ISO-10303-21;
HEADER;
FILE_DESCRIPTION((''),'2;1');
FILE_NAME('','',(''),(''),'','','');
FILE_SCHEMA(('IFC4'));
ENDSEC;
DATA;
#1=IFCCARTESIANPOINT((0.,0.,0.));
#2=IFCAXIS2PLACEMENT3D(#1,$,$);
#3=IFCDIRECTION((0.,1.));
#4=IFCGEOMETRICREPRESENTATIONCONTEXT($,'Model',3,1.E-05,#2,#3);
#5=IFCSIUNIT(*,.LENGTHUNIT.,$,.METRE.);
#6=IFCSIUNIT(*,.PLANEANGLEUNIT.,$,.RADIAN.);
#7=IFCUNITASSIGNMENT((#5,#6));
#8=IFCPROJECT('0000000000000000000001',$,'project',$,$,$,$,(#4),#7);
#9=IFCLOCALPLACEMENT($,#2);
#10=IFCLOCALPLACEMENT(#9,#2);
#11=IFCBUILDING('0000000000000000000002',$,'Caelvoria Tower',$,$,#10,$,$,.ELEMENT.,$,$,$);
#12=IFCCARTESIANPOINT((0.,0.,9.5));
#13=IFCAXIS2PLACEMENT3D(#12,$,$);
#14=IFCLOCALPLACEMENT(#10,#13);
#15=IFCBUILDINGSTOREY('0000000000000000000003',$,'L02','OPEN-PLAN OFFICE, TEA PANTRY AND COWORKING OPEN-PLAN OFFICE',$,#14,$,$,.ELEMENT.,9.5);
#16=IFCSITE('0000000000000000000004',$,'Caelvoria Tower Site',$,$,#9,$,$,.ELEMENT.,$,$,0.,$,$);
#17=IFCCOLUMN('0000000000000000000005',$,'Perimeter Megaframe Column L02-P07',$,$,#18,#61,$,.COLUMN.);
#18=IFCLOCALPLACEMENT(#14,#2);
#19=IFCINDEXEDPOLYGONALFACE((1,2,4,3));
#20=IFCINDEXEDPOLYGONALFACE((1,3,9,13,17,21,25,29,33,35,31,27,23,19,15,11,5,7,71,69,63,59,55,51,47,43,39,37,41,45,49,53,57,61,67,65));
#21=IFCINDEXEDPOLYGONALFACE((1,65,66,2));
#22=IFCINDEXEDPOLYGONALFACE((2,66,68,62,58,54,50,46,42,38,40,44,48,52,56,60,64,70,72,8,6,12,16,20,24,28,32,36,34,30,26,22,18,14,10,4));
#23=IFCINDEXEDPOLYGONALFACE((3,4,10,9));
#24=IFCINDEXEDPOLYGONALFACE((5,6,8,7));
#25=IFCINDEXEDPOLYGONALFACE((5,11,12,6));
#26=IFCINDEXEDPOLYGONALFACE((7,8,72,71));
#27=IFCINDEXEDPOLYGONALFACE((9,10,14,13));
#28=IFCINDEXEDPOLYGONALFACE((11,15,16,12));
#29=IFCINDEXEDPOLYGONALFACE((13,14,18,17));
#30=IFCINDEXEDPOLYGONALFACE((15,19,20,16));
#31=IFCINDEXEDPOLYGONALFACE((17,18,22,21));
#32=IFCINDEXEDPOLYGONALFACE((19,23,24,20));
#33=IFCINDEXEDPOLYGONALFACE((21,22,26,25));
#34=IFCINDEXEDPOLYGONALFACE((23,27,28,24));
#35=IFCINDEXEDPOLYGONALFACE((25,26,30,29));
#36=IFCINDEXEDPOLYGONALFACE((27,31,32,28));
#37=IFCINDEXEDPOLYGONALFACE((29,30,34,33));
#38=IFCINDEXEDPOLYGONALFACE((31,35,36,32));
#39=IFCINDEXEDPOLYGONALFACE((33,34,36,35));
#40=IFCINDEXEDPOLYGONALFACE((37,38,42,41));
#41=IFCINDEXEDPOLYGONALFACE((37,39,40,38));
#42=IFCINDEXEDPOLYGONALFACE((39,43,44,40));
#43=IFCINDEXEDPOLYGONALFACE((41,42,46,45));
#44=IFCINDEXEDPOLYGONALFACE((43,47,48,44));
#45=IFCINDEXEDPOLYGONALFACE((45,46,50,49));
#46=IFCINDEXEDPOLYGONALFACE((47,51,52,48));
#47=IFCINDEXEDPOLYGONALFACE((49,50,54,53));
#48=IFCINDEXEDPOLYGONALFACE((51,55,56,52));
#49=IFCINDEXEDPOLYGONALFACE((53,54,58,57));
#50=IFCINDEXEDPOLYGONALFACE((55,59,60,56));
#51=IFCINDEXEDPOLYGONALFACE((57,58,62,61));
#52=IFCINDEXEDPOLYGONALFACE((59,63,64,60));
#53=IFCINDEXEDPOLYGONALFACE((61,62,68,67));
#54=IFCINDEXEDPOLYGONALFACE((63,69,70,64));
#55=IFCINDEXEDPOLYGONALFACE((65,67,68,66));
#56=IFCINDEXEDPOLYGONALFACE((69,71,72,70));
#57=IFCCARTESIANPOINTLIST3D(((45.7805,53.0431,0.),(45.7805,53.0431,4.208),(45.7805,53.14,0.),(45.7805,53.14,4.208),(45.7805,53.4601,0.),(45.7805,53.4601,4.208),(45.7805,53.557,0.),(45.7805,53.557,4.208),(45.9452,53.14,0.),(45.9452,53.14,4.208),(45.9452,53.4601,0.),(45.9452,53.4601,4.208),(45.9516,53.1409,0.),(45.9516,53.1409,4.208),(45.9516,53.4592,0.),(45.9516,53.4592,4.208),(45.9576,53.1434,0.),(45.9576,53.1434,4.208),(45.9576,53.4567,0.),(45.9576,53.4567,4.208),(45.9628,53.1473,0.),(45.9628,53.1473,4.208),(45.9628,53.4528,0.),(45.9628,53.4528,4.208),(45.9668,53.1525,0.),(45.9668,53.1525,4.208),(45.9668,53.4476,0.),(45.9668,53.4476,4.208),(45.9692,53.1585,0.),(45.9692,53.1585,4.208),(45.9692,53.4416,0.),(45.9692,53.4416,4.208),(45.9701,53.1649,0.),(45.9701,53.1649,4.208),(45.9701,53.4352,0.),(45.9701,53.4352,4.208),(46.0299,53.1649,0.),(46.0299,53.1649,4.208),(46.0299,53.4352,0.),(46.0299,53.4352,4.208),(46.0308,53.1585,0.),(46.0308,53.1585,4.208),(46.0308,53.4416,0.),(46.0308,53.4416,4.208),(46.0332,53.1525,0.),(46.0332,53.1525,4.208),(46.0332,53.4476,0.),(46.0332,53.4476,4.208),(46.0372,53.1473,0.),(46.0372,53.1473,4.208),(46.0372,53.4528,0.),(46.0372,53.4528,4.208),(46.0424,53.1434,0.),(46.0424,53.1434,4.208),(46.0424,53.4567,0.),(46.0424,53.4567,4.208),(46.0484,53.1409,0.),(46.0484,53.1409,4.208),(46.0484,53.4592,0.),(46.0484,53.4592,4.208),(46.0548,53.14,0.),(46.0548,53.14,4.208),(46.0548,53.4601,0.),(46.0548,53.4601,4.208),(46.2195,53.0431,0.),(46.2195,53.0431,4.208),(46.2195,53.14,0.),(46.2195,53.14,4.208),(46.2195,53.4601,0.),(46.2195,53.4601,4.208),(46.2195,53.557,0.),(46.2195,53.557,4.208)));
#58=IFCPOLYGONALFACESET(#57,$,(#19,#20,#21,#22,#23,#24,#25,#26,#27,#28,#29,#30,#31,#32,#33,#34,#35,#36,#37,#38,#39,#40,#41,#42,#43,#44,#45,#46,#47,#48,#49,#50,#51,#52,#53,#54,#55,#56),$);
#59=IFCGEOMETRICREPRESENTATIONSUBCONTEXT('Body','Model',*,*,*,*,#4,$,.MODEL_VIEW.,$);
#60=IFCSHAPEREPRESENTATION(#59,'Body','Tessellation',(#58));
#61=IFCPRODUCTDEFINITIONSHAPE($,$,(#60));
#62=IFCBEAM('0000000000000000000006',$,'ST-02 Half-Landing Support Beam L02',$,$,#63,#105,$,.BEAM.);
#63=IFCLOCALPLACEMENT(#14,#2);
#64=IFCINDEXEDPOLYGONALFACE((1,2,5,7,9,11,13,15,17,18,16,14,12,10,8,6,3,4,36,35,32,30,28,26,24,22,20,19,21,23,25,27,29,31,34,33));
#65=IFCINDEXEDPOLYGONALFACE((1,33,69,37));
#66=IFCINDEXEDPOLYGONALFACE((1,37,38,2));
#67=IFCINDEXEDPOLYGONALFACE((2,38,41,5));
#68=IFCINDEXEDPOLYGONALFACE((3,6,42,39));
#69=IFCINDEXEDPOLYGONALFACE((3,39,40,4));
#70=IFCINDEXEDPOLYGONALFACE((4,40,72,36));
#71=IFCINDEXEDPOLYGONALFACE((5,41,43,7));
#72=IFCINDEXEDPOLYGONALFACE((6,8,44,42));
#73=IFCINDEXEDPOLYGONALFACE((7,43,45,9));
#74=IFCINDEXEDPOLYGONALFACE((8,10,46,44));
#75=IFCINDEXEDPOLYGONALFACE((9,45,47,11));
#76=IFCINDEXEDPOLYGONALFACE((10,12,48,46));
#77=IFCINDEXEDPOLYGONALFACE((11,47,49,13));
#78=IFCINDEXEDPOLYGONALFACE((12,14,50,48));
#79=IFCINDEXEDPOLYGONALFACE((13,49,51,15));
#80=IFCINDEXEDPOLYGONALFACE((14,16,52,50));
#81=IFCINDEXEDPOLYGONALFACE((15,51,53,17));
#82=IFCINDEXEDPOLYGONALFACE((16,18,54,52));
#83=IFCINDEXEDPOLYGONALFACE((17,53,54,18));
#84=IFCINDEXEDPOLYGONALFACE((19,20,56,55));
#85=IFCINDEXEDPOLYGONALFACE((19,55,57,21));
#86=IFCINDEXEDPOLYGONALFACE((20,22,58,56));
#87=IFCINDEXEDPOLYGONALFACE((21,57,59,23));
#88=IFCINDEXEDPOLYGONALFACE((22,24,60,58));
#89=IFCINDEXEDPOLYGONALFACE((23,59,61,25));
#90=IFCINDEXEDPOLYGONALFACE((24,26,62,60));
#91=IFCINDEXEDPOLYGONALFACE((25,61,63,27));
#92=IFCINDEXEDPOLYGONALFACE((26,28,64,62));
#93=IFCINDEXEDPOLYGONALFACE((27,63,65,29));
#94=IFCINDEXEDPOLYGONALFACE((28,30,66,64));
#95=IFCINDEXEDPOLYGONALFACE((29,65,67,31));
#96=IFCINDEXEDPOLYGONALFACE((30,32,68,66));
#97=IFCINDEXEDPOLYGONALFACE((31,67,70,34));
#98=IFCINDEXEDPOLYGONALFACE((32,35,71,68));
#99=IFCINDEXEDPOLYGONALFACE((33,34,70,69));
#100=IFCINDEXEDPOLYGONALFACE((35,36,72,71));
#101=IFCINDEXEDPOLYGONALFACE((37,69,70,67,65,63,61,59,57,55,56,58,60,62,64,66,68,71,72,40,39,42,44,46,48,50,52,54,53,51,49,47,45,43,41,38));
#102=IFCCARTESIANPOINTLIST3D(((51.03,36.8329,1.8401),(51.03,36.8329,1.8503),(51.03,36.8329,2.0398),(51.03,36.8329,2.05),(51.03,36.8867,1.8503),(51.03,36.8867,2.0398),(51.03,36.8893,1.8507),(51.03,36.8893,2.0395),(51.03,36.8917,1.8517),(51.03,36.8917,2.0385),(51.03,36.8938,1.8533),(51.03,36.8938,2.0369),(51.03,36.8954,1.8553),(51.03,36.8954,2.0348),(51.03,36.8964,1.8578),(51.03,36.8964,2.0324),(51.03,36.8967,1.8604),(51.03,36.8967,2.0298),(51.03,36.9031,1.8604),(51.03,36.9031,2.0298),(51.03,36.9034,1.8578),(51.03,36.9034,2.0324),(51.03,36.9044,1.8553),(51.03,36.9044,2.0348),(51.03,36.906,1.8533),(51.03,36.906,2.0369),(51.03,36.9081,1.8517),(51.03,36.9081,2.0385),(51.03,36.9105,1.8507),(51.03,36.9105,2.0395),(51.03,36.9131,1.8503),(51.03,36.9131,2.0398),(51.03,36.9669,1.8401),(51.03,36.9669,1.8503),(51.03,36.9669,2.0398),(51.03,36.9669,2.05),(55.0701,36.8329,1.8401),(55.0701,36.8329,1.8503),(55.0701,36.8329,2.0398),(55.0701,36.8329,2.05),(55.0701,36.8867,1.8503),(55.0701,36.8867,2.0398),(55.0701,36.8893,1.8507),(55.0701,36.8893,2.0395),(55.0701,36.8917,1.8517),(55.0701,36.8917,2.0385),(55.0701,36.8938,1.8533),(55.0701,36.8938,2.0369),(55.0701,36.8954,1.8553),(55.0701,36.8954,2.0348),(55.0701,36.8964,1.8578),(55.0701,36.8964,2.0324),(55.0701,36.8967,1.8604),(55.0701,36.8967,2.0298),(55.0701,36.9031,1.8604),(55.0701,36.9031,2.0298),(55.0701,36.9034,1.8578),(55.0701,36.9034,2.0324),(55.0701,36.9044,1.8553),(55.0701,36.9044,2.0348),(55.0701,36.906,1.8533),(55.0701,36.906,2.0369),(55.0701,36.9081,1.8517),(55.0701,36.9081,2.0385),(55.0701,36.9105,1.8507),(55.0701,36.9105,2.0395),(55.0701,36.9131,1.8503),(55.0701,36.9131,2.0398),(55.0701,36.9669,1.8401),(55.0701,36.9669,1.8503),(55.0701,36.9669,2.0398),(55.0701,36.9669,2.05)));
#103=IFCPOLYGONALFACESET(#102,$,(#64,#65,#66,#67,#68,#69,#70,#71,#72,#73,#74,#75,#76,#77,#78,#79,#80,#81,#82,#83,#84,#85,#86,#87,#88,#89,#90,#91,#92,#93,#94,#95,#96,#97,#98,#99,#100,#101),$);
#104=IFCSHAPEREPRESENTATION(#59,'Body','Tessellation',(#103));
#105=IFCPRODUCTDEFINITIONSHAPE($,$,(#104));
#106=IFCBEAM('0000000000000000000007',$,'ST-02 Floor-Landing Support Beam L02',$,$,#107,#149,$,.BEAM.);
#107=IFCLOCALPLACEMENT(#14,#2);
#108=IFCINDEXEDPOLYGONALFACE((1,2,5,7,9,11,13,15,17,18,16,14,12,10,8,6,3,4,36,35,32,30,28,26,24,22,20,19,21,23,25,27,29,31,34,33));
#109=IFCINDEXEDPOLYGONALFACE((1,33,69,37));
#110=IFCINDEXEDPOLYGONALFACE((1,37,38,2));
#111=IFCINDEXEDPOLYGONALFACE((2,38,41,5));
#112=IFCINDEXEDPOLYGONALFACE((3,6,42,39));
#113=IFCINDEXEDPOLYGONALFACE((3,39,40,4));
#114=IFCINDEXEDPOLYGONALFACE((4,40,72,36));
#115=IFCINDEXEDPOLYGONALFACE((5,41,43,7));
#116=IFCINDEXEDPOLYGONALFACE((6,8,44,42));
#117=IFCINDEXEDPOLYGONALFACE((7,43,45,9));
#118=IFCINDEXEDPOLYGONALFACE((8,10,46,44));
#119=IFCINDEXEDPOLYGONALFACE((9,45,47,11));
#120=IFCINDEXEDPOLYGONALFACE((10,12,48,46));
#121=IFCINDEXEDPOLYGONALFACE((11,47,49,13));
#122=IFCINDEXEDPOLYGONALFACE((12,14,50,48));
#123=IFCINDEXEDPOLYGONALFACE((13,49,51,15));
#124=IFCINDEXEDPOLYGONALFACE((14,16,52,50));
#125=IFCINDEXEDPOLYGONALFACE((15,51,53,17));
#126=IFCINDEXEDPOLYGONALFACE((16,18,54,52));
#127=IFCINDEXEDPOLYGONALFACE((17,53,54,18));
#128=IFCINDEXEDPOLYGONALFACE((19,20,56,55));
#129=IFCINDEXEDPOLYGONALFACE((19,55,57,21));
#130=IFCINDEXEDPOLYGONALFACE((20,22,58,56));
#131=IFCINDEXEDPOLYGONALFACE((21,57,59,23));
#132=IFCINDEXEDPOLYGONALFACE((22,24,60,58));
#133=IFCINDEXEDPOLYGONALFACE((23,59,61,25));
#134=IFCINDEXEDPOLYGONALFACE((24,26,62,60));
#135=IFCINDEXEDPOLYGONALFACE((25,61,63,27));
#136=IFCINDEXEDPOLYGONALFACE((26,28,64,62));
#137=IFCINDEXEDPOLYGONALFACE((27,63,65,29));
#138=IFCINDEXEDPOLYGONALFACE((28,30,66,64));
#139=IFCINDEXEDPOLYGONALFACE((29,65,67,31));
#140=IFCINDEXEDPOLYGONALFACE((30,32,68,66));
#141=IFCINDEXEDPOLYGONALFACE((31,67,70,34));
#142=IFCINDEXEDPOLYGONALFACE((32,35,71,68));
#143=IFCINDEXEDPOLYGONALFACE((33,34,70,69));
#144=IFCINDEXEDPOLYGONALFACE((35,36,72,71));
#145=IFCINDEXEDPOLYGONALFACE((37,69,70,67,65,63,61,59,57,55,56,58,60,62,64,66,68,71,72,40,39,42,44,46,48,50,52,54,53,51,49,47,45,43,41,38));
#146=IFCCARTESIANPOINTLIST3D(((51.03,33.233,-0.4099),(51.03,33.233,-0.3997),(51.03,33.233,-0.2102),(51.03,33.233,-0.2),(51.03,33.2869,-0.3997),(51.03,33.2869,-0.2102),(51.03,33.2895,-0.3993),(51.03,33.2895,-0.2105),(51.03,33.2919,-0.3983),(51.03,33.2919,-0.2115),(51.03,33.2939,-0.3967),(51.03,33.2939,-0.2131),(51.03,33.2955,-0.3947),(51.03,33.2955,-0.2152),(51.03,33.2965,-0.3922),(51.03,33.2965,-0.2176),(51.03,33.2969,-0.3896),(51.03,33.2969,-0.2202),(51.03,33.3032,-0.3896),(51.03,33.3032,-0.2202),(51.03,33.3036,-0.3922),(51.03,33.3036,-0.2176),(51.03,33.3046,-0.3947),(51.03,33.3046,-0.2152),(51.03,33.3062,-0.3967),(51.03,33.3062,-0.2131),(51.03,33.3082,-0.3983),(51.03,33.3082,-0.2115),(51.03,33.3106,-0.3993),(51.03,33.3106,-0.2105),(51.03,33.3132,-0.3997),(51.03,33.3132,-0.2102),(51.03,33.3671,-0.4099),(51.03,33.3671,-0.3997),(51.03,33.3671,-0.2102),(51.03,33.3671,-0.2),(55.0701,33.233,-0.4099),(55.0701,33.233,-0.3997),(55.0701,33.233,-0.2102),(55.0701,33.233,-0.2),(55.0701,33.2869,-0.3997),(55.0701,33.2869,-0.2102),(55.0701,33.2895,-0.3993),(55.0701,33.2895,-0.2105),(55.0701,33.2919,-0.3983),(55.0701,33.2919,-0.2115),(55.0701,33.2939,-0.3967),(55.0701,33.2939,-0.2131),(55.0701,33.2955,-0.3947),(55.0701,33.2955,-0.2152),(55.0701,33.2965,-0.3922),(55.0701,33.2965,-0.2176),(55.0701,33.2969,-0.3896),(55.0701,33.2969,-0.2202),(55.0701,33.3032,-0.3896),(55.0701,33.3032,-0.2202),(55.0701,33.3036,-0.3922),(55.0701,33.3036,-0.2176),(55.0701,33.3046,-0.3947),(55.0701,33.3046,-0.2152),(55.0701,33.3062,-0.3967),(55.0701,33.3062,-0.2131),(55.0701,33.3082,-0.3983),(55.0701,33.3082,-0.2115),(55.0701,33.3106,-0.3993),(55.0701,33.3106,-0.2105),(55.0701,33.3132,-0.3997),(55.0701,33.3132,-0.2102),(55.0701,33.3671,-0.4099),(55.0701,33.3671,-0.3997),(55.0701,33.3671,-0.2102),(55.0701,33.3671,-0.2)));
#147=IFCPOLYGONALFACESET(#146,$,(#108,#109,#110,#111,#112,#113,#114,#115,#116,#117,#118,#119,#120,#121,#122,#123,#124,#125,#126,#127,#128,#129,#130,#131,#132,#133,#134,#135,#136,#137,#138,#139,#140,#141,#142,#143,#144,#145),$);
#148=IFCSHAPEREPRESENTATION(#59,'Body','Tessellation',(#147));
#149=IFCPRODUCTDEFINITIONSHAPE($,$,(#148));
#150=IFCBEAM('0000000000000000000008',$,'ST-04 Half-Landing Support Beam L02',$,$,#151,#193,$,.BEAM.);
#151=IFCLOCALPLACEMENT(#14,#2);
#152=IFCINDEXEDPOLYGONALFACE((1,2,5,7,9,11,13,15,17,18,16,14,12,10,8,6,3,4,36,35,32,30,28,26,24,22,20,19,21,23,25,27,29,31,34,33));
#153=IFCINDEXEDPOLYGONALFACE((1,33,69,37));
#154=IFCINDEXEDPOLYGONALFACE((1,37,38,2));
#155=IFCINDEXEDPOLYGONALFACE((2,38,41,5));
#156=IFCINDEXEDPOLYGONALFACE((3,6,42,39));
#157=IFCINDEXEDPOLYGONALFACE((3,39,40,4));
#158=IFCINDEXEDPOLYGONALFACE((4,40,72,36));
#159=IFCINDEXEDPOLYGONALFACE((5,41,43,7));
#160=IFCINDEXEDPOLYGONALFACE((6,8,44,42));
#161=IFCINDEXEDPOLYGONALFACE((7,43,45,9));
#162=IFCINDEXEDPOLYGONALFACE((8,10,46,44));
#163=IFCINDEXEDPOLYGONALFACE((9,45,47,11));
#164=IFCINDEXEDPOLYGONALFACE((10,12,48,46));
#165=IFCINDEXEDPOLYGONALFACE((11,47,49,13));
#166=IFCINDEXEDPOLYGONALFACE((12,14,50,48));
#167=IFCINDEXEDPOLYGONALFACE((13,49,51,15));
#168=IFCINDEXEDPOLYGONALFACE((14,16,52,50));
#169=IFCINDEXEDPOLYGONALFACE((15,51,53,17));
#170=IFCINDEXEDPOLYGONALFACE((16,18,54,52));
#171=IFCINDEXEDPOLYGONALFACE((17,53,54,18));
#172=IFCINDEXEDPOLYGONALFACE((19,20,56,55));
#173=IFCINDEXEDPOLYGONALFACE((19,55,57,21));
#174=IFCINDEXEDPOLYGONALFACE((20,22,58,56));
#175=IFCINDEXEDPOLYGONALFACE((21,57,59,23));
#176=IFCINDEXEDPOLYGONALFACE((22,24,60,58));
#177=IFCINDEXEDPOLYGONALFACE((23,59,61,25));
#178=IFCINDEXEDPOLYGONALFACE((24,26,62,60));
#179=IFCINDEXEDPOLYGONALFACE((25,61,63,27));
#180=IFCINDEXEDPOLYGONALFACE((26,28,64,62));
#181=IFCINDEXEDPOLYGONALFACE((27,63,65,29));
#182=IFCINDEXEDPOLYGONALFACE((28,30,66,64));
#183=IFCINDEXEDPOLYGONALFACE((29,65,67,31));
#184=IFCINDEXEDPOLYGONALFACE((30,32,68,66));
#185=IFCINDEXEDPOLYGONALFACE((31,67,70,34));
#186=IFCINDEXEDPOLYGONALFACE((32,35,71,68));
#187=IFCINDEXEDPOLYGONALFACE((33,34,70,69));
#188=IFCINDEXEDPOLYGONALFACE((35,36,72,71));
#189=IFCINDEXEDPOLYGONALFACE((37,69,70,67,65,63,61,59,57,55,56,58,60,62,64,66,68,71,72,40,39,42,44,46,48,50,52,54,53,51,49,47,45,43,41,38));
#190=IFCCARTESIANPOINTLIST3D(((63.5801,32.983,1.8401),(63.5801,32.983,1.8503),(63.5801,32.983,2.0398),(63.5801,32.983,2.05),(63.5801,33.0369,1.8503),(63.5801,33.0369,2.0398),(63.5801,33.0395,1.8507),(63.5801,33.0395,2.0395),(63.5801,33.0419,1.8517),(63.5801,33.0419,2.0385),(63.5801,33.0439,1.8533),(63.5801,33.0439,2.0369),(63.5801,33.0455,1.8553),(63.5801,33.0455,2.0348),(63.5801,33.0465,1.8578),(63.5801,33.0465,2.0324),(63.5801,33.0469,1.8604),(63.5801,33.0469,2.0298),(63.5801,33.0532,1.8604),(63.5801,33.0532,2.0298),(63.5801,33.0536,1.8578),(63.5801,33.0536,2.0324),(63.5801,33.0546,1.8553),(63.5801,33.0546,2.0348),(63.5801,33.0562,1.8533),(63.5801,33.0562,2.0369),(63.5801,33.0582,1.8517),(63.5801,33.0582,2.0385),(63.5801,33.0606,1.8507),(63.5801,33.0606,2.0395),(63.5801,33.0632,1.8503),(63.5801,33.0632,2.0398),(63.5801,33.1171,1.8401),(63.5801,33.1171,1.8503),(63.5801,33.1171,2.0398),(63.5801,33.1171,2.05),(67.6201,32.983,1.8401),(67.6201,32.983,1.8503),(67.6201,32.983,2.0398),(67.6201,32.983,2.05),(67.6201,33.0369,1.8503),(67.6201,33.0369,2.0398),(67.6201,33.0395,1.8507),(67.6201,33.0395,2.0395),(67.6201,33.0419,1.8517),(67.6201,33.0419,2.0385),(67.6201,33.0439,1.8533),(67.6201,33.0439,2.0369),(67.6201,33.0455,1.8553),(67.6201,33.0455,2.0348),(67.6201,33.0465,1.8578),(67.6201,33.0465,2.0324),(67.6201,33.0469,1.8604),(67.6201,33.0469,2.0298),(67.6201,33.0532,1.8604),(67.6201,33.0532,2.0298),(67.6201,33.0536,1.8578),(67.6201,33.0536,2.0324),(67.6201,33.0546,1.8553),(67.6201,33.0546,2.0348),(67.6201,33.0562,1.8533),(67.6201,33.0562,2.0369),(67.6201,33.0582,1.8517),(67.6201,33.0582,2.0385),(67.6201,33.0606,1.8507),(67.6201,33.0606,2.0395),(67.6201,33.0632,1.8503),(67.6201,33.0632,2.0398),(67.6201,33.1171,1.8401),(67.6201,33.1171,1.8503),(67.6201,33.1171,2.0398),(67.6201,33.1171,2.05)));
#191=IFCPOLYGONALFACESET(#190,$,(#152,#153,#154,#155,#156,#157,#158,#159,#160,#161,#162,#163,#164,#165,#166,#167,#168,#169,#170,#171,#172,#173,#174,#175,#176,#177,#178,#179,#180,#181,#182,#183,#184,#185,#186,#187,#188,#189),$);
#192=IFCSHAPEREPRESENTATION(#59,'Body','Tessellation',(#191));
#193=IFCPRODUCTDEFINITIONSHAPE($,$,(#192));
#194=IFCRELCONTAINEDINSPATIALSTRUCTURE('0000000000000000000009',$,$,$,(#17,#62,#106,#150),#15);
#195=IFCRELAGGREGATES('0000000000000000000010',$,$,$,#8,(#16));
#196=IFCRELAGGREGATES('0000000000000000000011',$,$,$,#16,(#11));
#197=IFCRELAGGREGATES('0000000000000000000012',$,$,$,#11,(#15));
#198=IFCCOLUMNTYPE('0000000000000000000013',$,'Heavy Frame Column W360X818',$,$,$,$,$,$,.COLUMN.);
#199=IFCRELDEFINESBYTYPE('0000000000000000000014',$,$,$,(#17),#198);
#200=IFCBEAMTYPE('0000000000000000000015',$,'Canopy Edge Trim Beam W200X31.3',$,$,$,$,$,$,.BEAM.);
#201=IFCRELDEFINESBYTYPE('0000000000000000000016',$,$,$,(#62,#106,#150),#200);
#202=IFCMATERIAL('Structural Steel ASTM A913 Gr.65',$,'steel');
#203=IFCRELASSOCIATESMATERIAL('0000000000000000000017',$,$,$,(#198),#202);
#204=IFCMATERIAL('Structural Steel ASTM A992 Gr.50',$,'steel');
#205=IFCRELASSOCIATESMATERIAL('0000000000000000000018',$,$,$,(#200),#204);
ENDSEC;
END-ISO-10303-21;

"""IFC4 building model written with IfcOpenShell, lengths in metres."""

from ifc_helpers import new_model, si_unit, direction, frame, origin, origin_2d, place, context, subcontext, project, spatial, i_section, extrude, material, material_profile, profile_set, type_object, element, save


model = new_model("IFC4")

# Units and contexts
model_context = context("Model", 3, precision=1e-05, world=origin(), true_north=direction((0.0, 1.0)))
body_context = subcontext(model_context, "Body", "Model", "MODEL_VIEW")
ifc_project = project(units=[si_unit("LENGTHUNIT", "METRE"), si_unit("PLANEANGLEUNIT", "RADIAN")], contexts=[model_context])

# Site, building, storey
site_placement = place(None, origin())
site = spatial("IfcSite", under=ifc_project, at=site_placement, Name="Caelvoria Tower Site", CompositionType="ELEMENT", RefElevation=0.0)
building_placement = place(site_placement, origin())
building = spatial("IfcBuilding", under=site, at=building_placement, Name="Caelvoria Tower", CompositionType="ELEMENT")
storey_placement = place(building_placement, frame((0.0, 0.0, 9.5)))
storey = spatial("IfcBuildingStorey", under=building, at=storey_placement, Name="L02", Description="OPEN-PLAN OFFICE, TEA PANTRY AND COWORKING OPEN-PLAN OFFICE", CompositionType="ELEMENT", Elevation=9.5)

# Column
ifc_material_1 = material(Name="Structural Steel ASTM A913 Gr.65", Category="steel")
ifc_material_profile_1 = material_profile(ifc_material_1, i_section(OverallWidth=0.439, OverallDepth=0.5139, WebThickness=0.0598, FlangeThickness=0.0969, FilletRadius=0.0249, at=origin_2d()), Name="Structural Steel ASTM A913 Gr.65")
ifc_profile_set_1 = profile_set([ifc_material_profile_1], Name="W360X818 - Structural Steel ASTM A913 Gr.65")
column_type = type_object("IfcColumnType", Name="Heavy Frame Column W360X818", PredefinedType="COLUMN", material=ifc_profile_set_1)
column_placement = place(storey_placement, frame((46.0, 53.3, 0.0), z_axis=(0.0, 0.0, 1.0), x_axis=(1.0, 0.0, 0.0)))
element("IfcColumn", 1, at=column_placement, inside=storey, type_object=column_type, Name="Perimeter Megaframe Column L02-P07", PredefinedType="COLUMN", context=body_context, shape_type="SweptSolid", body=[
    extrude(i_section(OverallWidth=0.439, OverallDepth=0.5139, WebThickness=0.0598, FlangeThickness=0.0969, FilletRadius=0.0249, at=origin_2d()), origin(), (0.0, 0.0, 1.0), 4.208),
])

# Beams
ifc_material_2 = material(Name="Structural Steel ASTM A992 Gr.50", Category="steel")
ifc_material_profile_2 = material_profile(ifc_material_2, i_section(OverallWidth=0.134, OverallDepth=0.21, WebThickness=0.0063, FlangeThickness=0.0103, FilletRadius=0.01, at=origin_2d()), Name="Structural Steel ASTM A992 Gr.50")
ifc_profile_set_2 = profile_set([ifc_material_profile_2], Name="W200X31.3 - Structural Steel ASTM A992 Gr.50")
beam_type_1 = type_object("IfcBeamType", Name="Canopy Edge Trim Beam W200X31.3", PredefinedType="BEAM", material=ifc_profile_set_2)
for number, where, z_axis, x_axis, name in (
    (2, (51.03, 36.8999, 1.9451), (1.0, 0.0, 0.0), (0.0, 1.0, 0.0), "ST-02 Half-Landing Support Beam L02"),
    (3, (51.03, 33.3, -0.3049), (1.0, 0.0, 0.0), (0.0, 1.0, 0.0), "ST-02 Floor-Landing Support Beam L02"),
    (4, (63.5801, 33.05, 1.9451), (1.0, 0.0, 0.0), (0.0, 1.0, 0.0), "ST-04 Half-Landing Support Beam L02"),
):
    element("IfcBeam", number, at=place(storey_placement, frame(where, z_axis=z_axis, x_axis=x_axis)), inside=storey, type_object=beam_type_1, Name=name, PredefinedType="BEAM", context=body_context, shape_type="SweptSolid", body=[
        extrude(i_section(OverallWidth=0.134, OverallDepth=0.21, WebThickness=0.0063, FlangeThickness=0.0103, FilletRadius=0.01, at=origin_2d()), origin(), (0.0, 0.0, 1.0), 4.04),
    ])

save(model, "model.ifc")
